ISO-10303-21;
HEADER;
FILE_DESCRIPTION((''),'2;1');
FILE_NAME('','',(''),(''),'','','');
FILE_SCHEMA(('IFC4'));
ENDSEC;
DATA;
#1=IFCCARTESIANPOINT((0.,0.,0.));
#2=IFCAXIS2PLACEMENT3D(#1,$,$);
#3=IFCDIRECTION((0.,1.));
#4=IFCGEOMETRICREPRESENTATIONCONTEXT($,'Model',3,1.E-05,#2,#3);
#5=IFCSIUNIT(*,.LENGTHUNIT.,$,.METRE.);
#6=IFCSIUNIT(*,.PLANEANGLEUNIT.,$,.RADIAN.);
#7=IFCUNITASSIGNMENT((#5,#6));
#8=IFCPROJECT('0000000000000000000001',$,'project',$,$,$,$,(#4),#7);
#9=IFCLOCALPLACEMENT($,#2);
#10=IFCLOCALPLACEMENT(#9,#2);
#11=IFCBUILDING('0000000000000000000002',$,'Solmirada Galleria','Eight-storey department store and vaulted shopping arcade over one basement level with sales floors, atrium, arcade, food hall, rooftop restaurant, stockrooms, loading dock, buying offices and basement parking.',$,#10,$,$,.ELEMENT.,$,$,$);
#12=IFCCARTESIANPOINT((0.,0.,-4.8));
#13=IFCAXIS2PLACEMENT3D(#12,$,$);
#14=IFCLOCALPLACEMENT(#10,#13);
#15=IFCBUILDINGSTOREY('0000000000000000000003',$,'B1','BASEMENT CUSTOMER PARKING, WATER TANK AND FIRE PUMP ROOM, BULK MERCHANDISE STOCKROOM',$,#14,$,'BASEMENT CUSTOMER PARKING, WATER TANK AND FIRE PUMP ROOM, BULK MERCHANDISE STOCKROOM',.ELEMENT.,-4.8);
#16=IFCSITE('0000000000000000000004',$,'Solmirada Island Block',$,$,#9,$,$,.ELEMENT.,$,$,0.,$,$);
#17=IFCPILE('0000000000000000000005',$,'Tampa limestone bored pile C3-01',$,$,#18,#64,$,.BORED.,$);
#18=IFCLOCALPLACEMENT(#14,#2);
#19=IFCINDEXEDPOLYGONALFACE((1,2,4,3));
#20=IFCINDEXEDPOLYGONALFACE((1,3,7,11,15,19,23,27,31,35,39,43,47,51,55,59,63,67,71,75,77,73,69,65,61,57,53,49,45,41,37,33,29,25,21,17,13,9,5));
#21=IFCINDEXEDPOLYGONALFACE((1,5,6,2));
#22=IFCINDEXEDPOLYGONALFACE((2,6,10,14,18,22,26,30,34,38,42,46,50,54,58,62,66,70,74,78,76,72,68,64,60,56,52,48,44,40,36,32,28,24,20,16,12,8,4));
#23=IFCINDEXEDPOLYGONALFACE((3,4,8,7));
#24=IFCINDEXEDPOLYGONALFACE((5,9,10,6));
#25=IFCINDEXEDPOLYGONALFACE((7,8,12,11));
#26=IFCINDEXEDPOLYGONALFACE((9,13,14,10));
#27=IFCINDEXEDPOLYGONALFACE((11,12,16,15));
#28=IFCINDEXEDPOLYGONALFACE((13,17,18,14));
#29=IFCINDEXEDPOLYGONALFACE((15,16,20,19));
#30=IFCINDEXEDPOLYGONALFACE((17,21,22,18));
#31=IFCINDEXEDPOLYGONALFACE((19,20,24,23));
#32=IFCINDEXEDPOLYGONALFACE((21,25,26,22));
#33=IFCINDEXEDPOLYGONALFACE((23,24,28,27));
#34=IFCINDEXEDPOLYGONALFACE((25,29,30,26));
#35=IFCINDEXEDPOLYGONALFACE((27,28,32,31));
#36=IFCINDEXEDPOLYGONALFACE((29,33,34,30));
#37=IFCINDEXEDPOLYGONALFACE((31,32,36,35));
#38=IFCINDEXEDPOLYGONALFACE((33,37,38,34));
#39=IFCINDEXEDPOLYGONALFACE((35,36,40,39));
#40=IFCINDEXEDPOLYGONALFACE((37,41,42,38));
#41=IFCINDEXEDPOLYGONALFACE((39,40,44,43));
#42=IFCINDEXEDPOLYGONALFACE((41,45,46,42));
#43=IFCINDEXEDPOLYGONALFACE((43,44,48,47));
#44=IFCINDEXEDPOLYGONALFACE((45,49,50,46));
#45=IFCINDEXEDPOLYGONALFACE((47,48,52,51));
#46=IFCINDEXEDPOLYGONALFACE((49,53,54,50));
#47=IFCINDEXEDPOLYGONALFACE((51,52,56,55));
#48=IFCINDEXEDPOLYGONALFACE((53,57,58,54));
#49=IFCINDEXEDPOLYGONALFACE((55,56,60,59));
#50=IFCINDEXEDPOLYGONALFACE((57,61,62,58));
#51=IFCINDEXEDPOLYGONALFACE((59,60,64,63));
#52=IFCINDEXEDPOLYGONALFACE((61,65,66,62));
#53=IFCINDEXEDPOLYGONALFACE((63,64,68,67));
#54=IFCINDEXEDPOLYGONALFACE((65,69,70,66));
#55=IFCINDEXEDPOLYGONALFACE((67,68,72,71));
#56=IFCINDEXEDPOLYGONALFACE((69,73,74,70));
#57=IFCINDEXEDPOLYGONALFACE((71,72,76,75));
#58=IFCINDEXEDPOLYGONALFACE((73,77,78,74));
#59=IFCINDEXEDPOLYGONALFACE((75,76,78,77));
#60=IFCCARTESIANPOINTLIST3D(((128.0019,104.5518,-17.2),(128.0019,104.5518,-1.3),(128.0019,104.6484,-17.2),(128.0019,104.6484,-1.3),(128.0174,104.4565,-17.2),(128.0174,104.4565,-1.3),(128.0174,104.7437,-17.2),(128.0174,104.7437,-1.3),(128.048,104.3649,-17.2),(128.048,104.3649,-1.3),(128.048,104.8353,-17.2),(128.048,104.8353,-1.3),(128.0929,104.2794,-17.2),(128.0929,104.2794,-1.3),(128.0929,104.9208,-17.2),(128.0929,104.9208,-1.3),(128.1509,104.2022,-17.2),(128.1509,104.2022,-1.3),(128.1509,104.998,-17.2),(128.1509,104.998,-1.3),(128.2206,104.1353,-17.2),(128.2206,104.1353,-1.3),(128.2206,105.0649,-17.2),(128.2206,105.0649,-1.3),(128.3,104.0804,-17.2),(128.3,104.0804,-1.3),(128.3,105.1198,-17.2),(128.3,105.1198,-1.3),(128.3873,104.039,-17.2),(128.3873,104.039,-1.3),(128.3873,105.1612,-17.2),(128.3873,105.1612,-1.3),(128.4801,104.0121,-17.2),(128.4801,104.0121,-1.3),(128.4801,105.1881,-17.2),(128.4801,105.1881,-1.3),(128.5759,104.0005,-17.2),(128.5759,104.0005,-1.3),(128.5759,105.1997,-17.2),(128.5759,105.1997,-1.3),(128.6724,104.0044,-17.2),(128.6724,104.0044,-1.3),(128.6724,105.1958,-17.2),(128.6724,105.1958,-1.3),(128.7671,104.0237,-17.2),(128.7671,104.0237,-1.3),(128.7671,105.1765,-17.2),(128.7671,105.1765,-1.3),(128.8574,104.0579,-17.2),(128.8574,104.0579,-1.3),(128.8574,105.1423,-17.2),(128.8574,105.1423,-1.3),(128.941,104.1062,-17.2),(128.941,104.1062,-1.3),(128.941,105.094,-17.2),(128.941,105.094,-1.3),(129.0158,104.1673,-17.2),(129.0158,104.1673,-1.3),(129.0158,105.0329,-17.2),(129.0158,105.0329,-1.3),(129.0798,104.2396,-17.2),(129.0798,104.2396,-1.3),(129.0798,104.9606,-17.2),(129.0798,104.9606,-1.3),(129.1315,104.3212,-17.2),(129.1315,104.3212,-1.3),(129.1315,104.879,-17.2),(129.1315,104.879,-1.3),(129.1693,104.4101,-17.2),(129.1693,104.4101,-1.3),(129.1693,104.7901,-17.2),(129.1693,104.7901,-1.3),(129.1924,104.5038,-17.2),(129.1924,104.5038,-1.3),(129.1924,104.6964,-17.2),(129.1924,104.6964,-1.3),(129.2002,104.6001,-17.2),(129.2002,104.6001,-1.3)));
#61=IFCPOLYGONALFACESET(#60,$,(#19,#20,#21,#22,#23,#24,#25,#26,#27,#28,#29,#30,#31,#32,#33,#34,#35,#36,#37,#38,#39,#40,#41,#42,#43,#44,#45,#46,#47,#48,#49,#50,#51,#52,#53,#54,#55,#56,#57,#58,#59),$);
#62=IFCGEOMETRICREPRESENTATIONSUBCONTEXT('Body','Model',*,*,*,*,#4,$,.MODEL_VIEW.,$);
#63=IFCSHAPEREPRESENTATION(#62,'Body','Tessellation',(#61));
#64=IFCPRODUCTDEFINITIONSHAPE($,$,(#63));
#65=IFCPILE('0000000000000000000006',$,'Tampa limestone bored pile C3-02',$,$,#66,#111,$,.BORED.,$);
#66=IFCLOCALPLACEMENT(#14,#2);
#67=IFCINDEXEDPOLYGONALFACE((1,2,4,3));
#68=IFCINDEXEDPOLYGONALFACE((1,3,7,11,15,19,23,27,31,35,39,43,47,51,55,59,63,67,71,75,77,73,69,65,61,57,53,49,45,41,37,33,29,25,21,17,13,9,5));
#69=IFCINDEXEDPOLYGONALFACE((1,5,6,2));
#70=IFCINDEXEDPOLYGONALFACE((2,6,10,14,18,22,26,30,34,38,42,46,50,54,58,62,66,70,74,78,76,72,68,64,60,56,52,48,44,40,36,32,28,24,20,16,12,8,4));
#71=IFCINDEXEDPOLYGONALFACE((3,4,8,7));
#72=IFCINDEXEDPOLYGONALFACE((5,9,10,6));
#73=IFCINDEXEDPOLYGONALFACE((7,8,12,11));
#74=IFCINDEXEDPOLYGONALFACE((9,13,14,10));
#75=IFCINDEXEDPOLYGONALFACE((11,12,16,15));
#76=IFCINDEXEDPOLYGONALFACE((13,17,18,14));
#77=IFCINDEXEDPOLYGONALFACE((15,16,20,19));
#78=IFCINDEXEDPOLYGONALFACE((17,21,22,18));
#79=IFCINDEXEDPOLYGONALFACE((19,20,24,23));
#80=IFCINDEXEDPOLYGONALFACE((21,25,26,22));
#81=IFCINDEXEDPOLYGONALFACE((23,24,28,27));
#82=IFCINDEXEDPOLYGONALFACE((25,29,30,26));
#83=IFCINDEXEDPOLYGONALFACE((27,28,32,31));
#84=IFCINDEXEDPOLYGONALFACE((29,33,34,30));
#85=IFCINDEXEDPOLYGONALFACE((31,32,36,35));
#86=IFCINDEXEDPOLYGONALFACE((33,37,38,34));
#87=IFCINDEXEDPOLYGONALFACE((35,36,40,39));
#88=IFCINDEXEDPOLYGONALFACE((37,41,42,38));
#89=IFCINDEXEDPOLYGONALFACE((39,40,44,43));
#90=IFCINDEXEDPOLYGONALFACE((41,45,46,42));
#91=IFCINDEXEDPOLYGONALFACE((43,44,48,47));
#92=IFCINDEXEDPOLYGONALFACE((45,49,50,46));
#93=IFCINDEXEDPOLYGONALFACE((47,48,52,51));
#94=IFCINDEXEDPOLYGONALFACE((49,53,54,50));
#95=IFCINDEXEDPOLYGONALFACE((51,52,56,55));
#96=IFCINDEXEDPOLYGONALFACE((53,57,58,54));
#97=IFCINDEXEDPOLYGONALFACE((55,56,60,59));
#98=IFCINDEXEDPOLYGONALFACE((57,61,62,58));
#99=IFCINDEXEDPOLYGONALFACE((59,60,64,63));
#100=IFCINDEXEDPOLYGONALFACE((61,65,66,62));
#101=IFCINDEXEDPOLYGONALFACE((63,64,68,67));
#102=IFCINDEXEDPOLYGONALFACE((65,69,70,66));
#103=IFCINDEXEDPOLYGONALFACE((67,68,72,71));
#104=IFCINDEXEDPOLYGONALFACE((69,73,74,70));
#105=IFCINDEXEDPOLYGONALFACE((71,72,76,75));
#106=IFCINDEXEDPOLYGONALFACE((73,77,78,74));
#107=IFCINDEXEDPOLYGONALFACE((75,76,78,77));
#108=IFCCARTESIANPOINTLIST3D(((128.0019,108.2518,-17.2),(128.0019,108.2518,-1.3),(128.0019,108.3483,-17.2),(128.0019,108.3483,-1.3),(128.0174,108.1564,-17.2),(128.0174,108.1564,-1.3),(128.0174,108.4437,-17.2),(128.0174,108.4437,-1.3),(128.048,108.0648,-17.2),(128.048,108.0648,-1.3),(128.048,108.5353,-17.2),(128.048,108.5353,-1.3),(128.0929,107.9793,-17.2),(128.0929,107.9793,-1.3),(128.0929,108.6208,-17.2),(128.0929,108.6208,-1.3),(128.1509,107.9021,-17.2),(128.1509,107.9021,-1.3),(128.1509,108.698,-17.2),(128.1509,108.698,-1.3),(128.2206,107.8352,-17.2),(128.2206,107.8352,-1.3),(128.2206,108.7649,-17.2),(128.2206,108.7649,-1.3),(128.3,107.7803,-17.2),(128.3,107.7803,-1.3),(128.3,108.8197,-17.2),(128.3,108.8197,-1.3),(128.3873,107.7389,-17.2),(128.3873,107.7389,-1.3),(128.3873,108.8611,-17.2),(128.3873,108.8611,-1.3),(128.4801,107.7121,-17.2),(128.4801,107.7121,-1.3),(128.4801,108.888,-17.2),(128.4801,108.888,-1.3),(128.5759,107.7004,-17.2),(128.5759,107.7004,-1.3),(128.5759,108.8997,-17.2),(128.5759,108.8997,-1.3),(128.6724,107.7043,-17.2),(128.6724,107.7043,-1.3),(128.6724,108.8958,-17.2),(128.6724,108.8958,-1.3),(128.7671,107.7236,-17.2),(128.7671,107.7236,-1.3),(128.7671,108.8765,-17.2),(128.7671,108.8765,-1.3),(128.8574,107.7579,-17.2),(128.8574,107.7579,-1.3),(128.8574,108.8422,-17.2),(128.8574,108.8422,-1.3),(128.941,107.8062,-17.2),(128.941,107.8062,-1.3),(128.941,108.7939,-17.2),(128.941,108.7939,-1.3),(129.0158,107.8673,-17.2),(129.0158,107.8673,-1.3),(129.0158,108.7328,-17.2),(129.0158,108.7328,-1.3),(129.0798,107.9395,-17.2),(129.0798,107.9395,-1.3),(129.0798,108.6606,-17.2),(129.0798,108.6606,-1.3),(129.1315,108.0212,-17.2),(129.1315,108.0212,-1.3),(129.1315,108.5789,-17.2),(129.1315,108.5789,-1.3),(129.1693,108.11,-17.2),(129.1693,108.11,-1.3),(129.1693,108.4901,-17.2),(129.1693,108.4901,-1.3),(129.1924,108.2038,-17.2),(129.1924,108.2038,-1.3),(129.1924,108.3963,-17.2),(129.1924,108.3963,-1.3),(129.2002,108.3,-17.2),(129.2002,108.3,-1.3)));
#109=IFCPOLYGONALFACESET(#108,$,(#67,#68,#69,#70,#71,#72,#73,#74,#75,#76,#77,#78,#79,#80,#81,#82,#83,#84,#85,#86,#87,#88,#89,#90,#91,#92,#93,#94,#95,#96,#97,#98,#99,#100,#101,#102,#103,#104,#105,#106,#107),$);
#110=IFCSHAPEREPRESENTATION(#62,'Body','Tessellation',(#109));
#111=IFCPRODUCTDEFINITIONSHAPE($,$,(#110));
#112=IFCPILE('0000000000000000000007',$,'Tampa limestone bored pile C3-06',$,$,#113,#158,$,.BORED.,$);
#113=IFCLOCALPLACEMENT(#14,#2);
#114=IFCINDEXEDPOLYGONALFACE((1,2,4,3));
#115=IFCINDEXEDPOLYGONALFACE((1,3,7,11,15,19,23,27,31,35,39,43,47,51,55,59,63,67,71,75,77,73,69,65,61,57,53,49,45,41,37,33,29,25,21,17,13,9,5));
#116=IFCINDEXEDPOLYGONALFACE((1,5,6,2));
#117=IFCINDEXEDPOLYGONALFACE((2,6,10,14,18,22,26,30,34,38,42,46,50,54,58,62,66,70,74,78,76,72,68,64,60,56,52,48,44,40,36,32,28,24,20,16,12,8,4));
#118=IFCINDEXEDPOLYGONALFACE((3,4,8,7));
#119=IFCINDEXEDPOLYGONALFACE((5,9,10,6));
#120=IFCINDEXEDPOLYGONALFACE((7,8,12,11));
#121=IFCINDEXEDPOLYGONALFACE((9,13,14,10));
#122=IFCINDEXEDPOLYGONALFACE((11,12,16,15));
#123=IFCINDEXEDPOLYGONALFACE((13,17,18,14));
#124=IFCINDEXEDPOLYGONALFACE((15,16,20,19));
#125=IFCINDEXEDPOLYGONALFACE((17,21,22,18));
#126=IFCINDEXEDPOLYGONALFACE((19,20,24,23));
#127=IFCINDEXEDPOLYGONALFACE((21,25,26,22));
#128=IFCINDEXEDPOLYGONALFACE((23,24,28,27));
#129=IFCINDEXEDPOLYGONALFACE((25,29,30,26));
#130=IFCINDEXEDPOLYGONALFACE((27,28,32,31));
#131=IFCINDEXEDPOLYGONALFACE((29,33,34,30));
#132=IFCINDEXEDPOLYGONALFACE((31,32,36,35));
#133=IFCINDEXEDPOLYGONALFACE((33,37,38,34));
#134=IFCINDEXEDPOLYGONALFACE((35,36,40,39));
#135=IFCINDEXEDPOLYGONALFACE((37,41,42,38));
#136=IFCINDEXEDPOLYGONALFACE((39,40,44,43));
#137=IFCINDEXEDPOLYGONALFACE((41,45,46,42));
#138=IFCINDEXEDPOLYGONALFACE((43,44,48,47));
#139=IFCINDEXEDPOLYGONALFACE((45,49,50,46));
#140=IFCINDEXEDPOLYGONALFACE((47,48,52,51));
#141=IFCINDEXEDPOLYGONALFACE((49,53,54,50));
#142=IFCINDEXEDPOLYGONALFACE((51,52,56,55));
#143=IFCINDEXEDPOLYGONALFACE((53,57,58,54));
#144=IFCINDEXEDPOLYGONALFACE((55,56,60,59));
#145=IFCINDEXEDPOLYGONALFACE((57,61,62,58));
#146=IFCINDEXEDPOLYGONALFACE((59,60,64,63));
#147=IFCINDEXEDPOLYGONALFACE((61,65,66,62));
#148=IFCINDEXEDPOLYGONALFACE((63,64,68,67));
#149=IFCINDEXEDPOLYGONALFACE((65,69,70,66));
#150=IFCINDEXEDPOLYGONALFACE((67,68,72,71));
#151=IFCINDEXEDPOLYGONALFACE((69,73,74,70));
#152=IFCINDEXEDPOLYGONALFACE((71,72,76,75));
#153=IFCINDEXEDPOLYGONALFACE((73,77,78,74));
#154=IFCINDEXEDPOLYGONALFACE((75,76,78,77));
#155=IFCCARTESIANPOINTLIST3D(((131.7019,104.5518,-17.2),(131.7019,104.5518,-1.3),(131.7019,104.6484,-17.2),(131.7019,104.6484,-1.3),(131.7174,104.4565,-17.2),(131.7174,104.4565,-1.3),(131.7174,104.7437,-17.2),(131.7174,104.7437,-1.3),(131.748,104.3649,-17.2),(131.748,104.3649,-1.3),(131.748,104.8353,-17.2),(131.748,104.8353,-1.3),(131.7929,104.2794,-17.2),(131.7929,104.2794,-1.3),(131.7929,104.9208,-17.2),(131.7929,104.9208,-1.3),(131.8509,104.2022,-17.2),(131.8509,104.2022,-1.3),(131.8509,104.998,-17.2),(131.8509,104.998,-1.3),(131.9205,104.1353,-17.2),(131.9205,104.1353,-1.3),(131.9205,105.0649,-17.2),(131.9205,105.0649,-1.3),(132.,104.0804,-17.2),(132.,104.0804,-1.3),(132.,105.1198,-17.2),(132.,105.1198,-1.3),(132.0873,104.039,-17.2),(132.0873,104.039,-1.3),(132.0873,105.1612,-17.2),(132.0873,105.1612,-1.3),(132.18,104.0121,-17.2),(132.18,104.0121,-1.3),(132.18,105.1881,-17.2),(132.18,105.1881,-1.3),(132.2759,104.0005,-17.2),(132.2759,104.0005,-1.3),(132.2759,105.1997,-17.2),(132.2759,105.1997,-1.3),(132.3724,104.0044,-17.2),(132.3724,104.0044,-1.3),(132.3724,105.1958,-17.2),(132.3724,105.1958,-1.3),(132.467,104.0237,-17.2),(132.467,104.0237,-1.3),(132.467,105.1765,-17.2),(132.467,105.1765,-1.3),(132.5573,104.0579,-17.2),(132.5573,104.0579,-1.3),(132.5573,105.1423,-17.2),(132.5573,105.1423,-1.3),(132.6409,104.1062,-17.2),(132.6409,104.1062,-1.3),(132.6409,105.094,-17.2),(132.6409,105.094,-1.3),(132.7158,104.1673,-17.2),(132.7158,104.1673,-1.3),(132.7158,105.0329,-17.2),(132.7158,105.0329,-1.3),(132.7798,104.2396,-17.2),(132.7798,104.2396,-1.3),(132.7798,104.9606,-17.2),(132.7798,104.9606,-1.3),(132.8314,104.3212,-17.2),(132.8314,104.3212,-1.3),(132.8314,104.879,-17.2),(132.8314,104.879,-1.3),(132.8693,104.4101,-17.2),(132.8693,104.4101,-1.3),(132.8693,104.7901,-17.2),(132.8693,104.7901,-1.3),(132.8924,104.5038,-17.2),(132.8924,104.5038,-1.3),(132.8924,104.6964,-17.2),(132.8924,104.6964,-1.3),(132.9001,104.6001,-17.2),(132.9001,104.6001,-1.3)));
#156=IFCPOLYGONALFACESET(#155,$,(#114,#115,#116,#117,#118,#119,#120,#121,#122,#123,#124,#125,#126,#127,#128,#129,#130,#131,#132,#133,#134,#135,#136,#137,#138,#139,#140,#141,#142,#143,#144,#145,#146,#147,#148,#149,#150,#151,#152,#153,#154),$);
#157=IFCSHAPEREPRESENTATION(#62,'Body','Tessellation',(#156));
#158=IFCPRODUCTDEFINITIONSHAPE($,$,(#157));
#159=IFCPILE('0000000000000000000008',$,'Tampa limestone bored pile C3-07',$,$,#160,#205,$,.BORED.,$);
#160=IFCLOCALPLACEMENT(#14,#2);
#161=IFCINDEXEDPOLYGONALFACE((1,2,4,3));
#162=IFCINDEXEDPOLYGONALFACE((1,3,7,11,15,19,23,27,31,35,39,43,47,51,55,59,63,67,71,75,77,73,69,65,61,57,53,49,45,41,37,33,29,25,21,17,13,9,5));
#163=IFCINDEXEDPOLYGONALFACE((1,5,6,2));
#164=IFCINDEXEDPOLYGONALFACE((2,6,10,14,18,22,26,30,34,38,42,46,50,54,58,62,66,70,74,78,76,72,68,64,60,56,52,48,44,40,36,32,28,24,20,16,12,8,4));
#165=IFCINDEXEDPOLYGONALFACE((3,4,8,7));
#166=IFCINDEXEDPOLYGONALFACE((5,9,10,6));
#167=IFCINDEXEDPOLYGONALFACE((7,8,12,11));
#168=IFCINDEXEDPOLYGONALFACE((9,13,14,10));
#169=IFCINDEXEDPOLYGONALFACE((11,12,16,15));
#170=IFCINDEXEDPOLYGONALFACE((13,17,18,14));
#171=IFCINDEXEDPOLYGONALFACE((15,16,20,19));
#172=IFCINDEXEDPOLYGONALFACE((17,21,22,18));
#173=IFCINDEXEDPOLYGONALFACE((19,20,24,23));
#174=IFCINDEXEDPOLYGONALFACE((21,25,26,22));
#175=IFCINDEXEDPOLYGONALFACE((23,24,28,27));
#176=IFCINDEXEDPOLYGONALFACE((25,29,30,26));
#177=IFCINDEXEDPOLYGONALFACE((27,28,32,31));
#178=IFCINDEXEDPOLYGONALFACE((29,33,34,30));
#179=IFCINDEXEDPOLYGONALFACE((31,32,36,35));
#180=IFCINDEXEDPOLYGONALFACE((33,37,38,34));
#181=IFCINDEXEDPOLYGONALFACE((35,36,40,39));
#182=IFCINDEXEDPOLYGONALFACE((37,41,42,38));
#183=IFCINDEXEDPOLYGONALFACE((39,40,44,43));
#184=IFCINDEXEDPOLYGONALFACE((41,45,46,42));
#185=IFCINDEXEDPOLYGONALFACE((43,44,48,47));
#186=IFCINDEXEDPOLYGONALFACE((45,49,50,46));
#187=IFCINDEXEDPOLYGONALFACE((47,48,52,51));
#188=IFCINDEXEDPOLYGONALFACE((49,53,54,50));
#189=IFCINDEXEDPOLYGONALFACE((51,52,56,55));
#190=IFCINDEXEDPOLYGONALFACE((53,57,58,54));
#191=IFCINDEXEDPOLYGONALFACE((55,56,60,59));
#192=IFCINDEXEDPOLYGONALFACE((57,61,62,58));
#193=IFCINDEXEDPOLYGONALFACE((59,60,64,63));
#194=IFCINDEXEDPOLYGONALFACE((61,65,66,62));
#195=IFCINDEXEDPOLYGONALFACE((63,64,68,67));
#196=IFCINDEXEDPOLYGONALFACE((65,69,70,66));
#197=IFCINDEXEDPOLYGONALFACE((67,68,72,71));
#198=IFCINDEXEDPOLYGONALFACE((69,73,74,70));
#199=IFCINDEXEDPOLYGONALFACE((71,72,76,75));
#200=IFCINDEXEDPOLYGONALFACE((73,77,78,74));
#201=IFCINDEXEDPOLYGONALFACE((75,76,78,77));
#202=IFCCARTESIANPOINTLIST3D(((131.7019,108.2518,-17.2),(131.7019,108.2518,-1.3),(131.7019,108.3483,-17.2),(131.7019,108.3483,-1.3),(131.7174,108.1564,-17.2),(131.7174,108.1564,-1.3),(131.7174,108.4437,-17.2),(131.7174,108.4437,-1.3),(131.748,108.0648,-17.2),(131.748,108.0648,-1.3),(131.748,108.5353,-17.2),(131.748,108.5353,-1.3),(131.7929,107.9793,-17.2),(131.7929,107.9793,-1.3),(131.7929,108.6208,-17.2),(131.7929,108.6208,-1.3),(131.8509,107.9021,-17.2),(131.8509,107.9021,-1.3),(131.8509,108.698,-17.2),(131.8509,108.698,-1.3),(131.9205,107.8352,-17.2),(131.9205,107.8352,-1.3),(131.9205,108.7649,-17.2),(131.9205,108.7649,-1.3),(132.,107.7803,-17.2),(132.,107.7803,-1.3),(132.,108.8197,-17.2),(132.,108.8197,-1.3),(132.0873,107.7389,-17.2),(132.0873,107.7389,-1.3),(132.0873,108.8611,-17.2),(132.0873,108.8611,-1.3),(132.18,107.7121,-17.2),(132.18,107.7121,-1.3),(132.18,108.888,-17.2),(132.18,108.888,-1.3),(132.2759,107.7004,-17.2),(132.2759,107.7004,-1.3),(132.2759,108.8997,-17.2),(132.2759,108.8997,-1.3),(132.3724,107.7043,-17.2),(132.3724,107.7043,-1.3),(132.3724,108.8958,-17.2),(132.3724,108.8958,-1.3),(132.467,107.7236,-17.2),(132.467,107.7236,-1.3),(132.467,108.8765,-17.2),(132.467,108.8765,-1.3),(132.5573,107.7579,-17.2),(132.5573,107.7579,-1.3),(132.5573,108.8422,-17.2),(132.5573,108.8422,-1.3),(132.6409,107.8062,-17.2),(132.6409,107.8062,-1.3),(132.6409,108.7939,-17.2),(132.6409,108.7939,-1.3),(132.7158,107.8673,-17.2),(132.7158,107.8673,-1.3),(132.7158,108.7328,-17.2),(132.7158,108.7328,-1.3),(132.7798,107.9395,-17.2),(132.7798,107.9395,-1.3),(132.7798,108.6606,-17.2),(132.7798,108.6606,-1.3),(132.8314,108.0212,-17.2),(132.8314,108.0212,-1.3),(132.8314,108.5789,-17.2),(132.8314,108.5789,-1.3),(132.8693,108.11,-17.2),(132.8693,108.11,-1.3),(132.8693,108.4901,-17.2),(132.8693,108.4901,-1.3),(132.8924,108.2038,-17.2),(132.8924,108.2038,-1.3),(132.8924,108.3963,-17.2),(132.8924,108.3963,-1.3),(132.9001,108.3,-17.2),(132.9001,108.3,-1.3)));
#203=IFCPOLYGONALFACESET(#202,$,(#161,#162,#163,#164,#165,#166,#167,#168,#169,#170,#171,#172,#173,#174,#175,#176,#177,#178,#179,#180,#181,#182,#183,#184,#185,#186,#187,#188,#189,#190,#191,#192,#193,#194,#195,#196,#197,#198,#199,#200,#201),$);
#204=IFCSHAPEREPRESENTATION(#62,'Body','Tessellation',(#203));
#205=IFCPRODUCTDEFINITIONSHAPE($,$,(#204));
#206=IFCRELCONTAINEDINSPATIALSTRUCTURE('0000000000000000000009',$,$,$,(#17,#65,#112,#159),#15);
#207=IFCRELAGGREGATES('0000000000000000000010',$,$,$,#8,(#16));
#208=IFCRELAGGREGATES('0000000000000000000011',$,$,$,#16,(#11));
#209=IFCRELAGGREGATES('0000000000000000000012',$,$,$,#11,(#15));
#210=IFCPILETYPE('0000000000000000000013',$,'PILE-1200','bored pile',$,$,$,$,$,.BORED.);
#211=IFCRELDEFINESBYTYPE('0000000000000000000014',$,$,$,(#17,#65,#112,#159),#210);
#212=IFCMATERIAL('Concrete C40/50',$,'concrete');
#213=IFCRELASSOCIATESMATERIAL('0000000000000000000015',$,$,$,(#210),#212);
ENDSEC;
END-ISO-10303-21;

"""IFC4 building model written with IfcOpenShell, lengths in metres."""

from ifc_helpers import new_model, si_unit, direction, frame, origin, origin_2d, place, context, subcontext, project, spatial, circle, extrude, material, material_profile, profile_set, type_object, element, save


model = new_model("IFC4")

# Units and contexts
model_context = context("Model", 3, precision=1e-05, world=origin(), true_north=direction((0.0, 1.0)))
body_context = subcontext(model_context, "Body", "Model", "MODEL_VIEW")
ifc_project = project(units=[si_unit("LENGTHUNIT", "METRE"), si_unit("PLANEANGLEUNIT", "RADIAN")], contexts=[model_context])

# Site, building, storey
site_placement = place(None, origin())
site = spatial("IfcSite", under=ifc_project, at=site_placement, Name="Solmirada Island Block", CompositionType="ELEMENT", RefElevation=0.0)
building_placement = place(site_placement, origin())
building = spatial("IfcBuilding", under=site, at=building_placement, Name="Solmirada Galleria", Description="Eight-storey department store and vaulted shopping arcade over one basement level with sales floors, atrium, arcade, food hall, rooftop restaurant, stockrooms, loading dock, buying offices and basement parking.", CompositionType="ELEMENT")
storey_placement = place(building_placement, frame((0.0, 0.0, -4.8)))
storey = spatial("IfcBuildingStorey", under=building, at=storey_placement, Name="B1", Description="BASEMENT CUSTOMER PARKING, WATER TANK AND FIRE PUMP ROOM, BULK MERCHANDISE STOCKROOM", LongName="BASEMENT CUSTOMER PARKING, WATER TANK AND FIRE PUMP ROOM, BULK MERCHANDISE STOCKROOM", CompositionType="ELEMENT", Elevation=-4.8)

# Piles
ifc_material_1 = material(Name="Concrete C40/50", Category="concrete")
ifc_material_profile_1 = material_profile(ifc_material_1, circle(Radius=0.6001, at=origin_2d()), Name="PILE1200")
ifc_profile_set_1 = profile_set([ifc_material_profile_1], Name="Concrete C40/50")
pile_type_1 = type_object("IfcPileType", Name="PILE-1200", Description="bored pile", PredefinedType="BORED", material=ifc_profile_set_1)
for number, where, z_axis, x_axis, name in (
    (1, (128.6001, 104.6001, -1.3), (0.0, 0.0, -1.0), (1.0, 0.0, 0.0), "Tampa limestone bored pile C3-01"),
    (2, (128.6001, 108.3, -1.3), (0.0, 0.0, -1.0), (1.0, 0.0, 0.0), "Tampa limestone bored pile C3-02"),
    (3, (132.3, 104.6001, -1.3), (0.0, 0.0, -1.0), (1.0, 0.0, 0.0), "Tampa limestone bored pile C3-06"),
    (4, (132.3, 108.3, -1.3), (0.0, 0.0, -1.0), (1.0, 0.0, 0.0), "Tampa limestone bored pile C3-07"),
):
    element("IfcPile", number, at=place(storey_placement, frame(where, z_axis=z_axis, x_axis=x_axis)), inside=storey, type_object=pile_type_1, Name=name, PredefinedType="BORED", context=body_context, shape_type="SweptSolid", body=[
        extrude(circle(Radius=0.6001, at=origin_2d()), origin(), (0.0, 0.0, 1.0), 15.8999),
    ])

save(model, "model.ifc")
